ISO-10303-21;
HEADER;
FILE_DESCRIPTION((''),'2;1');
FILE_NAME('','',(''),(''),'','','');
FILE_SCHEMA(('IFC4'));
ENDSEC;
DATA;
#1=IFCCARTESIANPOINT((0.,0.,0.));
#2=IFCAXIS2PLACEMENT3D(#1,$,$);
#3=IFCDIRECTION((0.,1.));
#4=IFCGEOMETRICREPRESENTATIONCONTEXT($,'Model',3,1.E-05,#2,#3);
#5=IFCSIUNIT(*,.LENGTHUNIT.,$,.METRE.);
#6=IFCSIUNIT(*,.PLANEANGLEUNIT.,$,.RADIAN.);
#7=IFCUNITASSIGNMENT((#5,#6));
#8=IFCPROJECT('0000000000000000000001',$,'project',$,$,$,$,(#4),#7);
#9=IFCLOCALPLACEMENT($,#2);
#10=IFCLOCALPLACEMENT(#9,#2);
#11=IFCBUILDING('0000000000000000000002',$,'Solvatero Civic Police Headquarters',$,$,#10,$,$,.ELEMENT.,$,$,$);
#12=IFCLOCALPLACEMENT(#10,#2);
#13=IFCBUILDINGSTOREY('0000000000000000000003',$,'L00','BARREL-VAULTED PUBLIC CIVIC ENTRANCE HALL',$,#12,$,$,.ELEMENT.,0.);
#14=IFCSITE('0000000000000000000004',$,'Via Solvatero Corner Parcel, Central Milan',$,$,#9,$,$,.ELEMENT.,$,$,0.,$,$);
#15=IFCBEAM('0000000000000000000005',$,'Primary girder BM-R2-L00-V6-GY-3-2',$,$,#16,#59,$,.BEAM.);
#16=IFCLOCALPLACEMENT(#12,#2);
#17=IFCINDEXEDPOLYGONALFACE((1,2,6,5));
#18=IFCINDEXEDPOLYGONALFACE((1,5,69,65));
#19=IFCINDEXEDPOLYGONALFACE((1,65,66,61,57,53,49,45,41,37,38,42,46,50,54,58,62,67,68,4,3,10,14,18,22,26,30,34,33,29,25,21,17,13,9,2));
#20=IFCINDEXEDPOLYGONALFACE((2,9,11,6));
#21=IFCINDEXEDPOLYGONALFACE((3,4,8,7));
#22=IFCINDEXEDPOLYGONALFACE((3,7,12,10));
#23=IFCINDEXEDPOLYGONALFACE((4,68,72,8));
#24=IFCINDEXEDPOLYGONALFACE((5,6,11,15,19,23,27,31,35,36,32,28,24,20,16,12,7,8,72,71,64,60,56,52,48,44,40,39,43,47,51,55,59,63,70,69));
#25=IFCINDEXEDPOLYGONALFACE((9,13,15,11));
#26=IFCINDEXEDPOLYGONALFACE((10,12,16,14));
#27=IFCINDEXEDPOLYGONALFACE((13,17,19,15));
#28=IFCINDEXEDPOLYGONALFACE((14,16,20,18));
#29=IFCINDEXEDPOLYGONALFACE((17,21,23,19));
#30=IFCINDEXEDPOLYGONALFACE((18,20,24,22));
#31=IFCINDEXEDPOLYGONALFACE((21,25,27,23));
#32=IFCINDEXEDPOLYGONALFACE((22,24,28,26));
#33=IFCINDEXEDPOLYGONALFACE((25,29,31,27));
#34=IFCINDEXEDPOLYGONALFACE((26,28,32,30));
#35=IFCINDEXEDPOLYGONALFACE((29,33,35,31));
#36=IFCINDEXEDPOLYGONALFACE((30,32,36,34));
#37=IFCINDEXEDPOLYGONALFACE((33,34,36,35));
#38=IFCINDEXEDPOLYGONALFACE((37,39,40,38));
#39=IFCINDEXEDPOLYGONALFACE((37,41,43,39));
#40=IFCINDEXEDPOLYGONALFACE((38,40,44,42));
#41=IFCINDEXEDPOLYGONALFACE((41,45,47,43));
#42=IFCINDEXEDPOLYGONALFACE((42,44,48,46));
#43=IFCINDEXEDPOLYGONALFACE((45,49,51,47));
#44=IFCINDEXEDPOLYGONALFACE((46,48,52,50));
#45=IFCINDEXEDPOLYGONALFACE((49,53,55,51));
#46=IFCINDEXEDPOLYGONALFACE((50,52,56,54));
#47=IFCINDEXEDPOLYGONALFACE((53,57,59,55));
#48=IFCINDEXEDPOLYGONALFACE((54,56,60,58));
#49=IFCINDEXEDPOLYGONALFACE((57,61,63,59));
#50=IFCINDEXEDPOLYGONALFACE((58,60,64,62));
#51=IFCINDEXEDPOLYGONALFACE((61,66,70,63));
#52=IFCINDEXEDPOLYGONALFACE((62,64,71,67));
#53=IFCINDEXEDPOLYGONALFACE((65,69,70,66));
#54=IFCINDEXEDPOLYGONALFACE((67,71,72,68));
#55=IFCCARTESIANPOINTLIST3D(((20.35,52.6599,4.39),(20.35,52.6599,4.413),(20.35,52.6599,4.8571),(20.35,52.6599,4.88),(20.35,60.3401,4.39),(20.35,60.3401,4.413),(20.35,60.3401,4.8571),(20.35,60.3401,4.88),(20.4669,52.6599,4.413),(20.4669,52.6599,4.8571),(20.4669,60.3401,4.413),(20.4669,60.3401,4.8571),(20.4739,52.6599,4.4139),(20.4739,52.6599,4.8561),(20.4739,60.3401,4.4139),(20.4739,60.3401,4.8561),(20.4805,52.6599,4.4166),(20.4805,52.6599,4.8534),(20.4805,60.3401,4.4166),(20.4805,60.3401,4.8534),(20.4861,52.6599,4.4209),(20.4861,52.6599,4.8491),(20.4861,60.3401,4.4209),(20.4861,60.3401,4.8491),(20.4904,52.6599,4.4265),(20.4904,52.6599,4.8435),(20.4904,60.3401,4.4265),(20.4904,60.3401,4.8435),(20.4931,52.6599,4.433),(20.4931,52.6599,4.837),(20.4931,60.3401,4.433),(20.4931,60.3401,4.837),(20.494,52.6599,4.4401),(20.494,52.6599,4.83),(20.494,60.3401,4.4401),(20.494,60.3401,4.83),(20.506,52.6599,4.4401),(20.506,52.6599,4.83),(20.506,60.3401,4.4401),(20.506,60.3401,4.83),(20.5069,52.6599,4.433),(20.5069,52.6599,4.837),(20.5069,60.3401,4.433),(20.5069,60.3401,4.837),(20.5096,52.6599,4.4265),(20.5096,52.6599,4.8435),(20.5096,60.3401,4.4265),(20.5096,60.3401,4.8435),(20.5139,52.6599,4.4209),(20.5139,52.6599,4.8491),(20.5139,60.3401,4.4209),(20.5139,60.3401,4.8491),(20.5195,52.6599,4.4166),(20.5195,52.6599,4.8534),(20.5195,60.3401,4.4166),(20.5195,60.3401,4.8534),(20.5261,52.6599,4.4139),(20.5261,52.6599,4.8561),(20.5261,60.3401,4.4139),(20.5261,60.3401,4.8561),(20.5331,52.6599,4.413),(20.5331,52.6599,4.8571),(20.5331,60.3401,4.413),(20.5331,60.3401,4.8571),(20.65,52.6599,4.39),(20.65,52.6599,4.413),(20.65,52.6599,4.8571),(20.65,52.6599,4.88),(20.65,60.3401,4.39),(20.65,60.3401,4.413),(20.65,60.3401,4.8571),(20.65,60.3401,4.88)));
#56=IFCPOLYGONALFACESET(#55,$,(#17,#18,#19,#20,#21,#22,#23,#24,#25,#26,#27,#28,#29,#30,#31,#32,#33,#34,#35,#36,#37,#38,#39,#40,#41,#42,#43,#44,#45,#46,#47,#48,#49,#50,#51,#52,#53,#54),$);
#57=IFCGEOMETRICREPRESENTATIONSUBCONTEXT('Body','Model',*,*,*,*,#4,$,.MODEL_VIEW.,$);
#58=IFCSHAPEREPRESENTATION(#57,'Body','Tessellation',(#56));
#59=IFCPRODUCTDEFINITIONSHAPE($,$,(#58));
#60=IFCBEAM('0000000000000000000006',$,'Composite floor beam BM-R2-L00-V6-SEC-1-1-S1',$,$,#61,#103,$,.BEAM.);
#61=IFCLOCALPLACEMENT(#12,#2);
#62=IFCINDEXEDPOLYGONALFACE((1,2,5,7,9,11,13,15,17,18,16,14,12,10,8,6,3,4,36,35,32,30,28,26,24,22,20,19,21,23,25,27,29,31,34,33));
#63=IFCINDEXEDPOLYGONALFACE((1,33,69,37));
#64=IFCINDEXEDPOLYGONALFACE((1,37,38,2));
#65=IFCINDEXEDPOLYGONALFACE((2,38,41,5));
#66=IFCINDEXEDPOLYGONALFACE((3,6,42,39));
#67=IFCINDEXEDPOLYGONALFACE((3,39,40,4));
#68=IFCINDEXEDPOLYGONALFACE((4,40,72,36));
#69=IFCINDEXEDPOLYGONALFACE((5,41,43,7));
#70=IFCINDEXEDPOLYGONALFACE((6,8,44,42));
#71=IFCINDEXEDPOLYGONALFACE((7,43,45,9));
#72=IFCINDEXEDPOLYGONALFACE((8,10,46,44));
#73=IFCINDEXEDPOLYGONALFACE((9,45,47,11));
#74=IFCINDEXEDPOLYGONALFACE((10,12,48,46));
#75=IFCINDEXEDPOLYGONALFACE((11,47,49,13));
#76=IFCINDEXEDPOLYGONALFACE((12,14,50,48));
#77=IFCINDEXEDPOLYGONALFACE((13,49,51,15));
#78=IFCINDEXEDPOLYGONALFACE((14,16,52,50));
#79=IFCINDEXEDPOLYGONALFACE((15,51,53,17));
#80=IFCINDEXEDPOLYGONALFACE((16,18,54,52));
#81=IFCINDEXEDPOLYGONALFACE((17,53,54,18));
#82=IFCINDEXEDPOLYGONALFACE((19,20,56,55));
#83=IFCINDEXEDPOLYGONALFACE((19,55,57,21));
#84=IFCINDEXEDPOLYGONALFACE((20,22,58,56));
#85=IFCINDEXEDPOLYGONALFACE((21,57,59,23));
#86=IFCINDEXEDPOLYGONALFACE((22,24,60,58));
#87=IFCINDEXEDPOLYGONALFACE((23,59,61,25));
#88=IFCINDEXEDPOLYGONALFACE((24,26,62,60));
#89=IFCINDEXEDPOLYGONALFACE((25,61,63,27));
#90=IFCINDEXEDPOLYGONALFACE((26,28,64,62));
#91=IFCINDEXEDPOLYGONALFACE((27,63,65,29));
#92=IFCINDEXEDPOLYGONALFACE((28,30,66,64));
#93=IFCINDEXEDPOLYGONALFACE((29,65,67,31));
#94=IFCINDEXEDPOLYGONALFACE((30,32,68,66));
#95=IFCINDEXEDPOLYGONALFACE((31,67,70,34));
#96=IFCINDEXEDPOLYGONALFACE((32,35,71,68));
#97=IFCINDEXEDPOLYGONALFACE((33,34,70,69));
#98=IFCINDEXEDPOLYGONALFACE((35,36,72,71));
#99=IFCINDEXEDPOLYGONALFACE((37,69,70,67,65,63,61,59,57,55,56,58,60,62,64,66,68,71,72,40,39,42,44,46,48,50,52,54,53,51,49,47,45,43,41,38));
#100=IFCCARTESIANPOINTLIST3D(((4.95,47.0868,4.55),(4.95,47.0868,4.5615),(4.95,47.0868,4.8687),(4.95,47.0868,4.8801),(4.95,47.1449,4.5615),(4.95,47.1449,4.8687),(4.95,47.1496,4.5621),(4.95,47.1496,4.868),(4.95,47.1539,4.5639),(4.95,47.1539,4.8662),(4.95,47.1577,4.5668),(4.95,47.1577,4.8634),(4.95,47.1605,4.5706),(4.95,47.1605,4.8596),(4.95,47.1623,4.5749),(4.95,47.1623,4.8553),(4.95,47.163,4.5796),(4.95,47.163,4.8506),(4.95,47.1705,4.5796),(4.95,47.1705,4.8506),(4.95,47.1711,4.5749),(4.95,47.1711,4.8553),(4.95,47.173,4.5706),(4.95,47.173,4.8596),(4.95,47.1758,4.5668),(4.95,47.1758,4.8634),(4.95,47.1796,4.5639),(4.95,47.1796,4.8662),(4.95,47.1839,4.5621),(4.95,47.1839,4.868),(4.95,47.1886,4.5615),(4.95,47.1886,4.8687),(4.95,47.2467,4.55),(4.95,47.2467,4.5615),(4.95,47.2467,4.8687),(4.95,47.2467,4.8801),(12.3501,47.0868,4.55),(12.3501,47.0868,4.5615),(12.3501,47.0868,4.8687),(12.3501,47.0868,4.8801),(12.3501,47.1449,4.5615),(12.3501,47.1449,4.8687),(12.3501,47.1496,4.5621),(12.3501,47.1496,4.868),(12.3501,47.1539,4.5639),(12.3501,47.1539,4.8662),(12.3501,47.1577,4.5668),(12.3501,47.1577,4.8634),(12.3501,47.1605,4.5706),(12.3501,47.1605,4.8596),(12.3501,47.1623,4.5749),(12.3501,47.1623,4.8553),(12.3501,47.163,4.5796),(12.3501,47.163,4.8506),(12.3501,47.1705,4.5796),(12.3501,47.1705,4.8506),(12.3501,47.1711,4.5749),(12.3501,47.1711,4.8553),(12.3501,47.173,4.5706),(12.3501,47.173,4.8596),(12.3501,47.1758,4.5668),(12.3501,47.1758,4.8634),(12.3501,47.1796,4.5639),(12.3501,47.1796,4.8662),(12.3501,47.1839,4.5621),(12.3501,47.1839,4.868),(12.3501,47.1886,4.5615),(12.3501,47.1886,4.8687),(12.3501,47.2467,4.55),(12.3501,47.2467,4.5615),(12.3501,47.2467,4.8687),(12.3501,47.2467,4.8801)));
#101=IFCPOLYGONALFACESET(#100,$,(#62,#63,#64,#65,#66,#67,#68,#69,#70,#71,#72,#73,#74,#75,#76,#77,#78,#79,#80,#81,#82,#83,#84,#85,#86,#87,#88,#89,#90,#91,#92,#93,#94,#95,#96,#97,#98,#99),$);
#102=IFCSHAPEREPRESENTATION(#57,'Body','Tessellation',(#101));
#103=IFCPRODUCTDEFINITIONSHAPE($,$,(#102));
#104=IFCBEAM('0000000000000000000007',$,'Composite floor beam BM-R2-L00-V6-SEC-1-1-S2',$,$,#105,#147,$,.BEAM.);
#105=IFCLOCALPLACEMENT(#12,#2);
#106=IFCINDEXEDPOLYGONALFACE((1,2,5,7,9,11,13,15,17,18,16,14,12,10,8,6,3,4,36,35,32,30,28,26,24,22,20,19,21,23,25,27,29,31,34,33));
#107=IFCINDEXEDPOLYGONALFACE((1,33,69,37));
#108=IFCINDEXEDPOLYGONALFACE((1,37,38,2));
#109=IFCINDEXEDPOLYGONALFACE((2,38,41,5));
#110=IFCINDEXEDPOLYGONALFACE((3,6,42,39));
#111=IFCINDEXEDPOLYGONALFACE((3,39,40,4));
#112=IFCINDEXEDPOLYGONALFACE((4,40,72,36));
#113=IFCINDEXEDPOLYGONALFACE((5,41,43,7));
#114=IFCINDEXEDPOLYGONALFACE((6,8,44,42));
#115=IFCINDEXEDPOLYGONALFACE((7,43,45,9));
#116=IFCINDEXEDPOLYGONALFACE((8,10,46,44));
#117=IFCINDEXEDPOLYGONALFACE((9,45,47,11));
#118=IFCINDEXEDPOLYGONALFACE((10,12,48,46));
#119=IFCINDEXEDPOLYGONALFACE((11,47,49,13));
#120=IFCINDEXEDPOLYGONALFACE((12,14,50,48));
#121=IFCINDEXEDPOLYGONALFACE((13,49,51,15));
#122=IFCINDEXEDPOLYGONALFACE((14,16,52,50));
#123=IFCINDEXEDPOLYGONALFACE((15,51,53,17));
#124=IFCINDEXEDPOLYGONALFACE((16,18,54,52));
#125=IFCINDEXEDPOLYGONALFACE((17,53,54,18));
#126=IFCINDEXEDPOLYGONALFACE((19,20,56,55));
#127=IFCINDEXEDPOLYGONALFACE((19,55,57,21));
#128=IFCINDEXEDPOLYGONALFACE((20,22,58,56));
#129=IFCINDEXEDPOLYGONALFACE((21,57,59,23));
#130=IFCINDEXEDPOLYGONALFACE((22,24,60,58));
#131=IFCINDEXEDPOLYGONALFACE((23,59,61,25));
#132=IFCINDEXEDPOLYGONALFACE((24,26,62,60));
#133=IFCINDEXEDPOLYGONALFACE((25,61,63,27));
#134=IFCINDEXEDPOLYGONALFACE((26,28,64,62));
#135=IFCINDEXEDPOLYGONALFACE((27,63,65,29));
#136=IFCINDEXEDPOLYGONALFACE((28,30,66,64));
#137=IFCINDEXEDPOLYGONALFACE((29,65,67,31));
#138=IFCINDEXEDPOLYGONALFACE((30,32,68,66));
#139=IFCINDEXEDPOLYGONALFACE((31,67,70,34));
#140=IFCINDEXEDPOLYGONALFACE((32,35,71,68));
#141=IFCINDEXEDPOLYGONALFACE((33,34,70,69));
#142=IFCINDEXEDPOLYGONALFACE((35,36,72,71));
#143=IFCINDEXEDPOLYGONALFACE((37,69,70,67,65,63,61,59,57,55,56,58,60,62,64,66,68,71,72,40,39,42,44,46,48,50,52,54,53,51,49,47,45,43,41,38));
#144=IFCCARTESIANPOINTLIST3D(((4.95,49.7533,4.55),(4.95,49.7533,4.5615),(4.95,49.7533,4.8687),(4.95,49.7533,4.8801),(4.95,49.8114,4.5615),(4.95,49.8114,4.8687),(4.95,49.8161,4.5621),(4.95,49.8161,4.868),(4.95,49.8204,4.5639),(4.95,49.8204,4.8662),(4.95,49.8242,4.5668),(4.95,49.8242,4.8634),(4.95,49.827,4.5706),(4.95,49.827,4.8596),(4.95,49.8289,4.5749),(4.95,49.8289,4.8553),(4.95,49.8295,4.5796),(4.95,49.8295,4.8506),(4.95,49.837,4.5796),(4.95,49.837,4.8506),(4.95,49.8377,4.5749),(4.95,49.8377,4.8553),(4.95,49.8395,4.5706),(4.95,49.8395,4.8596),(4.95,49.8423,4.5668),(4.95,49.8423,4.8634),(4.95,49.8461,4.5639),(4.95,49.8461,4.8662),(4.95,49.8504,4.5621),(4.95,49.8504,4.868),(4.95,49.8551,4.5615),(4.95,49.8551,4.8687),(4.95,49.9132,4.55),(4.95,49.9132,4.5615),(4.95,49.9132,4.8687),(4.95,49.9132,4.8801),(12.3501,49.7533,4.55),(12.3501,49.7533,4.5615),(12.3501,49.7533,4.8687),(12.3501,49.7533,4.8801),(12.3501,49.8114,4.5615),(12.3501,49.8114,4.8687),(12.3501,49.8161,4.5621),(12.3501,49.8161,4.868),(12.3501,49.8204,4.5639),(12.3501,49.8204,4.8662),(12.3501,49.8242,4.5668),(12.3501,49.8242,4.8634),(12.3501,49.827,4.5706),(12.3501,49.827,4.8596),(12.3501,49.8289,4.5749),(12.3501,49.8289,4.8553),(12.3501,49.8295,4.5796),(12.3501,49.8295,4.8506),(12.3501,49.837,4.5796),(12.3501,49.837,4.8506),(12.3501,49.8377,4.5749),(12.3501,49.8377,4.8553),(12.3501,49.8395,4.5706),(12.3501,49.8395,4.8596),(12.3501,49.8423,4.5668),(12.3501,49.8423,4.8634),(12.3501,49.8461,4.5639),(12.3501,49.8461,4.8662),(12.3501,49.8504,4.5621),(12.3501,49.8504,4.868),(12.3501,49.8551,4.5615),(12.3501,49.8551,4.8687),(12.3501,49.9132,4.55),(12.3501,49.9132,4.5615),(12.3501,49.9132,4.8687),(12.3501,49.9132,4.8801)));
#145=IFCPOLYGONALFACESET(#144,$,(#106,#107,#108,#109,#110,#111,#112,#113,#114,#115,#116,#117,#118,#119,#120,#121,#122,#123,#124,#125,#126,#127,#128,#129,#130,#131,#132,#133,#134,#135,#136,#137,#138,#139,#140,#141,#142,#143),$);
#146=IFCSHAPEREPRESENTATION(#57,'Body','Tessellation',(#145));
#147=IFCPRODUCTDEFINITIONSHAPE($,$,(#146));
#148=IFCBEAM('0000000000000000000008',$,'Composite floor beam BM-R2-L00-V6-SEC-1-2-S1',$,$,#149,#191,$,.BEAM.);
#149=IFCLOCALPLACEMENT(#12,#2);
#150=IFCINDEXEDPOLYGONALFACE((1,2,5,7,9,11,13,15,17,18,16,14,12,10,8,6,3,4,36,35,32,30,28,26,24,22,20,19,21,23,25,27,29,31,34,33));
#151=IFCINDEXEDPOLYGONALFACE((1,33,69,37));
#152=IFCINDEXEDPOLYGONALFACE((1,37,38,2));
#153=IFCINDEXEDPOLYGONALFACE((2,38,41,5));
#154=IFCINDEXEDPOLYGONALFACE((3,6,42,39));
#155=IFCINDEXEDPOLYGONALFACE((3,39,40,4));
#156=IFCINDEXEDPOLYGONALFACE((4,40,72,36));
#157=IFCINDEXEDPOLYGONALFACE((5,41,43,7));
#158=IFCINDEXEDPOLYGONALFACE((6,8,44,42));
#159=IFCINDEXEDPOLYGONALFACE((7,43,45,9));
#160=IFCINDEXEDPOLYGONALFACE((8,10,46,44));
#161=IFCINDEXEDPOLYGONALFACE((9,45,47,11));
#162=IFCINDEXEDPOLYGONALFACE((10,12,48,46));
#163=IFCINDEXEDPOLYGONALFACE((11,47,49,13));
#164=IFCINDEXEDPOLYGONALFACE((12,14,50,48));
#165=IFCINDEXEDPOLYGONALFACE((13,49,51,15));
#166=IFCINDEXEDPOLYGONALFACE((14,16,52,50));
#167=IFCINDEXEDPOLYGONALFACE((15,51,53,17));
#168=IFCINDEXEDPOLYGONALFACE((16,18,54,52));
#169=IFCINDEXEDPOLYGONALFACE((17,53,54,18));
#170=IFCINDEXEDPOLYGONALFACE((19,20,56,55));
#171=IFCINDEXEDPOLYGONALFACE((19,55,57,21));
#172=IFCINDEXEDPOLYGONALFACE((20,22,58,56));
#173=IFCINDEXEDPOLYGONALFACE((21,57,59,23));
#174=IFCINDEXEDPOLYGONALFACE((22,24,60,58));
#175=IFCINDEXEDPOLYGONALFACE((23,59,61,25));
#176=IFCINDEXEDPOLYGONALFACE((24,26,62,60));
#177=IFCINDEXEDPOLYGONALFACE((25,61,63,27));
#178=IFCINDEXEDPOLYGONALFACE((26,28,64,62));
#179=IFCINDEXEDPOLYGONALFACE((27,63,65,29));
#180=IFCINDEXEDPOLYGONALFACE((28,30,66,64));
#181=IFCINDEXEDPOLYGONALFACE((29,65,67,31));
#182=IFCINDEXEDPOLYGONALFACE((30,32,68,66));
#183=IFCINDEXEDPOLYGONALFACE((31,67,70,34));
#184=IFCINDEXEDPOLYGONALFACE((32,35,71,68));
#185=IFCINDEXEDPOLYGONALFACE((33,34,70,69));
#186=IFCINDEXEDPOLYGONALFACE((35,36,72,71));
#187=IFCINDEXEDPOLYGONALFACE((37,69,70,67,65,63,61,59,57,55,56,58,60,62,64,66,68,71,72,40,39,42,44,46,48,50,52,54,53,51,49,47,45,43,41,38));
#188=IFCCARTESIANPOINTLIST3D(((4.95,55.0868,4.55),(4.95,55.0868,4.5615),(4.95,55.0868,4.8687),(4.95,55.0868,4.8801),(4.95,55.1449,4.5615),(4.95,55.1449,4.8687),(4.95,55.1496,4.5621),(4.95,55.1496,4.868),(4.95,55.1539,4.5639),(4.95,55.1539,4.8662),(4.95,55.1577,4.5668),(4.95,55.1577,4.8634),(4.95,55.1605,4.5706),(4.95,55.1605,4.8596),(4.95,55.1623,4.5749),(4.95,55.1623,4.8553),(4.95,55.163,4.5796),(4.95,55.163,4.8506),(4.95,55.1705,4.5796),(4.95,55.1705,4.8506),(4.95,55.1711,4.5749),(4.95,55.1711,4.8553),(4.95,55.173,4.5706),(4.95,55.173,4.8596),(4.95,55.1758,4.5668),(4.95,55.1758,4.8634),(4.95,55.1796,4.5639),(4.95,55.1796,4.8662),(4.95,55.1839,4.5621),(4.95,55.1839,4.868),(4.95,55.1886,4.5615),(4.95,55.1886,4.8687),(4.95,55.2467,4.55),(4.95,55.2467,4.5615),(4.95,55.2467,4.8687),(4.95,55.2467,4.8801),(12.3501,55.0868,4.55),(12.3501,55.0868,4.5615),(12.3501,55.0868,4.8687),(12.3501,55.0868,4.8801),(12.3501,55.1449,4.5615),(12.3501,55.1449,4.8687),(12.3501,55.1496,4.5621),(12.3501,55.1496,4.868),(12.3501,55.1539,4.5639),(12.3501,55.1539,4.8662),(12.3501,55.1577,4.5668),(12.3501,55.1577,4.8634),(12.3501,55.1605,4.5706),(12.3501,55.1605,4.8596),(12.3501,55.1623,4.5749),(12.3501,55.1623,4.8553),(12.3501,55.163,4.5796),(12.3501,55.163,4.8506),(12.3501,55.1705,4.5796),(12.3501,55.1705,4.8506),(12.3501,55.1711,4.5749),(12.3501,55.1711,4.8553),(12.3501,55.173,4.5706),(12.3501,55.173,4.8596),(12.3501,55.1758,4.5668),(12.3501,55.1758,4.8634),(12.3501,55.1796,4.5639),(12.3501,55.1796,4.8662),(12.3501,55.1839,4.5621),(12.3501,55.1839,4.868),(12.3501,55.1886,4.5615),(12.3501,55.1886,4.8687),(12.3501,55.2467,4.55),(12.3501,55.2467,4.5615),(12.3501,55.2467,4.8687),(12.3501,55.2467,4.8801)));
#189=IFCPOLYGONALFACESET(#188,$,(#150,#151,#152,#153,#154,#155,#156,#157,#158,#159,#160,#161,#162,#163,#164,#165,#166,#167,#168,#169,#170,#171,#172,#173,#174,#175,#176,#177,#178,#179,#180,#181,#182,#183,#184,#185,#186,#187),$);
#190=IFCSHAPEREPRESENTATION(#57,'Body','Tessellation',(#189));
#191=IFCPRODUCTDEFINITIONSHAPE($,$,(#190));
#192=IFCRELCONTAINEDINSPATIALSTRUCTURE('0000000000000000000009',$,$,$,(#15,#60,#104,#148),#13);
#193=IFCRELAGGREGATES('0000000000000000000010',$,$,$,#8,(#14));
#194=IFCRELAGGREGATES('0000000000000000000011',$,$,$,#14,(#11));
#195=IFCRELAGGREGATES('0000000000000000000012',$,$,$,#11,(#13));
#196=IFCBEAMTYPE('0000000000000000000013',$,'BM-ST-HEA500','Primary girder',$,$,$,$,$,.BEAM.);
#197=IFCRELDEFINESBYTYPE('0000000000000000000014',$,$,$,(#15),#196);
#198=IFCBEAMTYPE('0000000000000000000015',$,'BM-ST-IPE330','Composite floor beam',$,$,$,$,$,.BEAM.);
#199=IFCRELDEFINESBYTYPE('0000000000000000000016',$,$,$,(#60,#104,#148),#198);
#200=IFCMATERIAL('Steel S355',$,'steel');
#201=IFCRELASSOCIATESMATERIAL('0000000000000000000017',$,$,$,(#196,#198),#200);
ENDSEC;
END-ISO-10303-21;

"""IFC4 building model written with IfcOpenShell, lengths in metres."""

from ifc_helpers import new_model, si_unit, direction, frame, origin, origin_2d, place, context, subcontext, project, spatial, i_section, extrude, material, material_profile, profile_set, type_object, element, save


model = new_model("IFC4")

# Units and contexts
model_context = context("Model", 3, precision=1e-05, world=origin(), true_north=direction((0.0, 1.0)))
body_context = subcontext(model_context, "Body", "Model", "MODEL_VIEW")
ifc_project = project(units=[si_unit("LENGTHUNIT", "METRE"), si_unit("PLANEANGLEUNIT", "RADIAN")], contexts=[model_context])

# Site, building, storey
site_placement = place(None, origin())
site = spatial("IfcSite", under=ifc_project, at=site_placement, Name="Via Solvatero Corner Parcel, Central Milan", CompositionType="ELEMENT", RefElevation=0.0)
building_placement = place(site_placement, origin())
building = spatial("IfcBuilding", under=site, at=building_placement, Name="Solvatero Civic Police Headquarters", CompositionType="ELEMENT")
storey_placement = place(building_placement, origin())
storey = spatial("IfcBuildingStorey", under=building, at=storey_placement, Name="L00", Description="BARREL-VAULTED PUBLIC CIVIC ENTRANCE HALL", CompositionType="ELEMENT", Elevation=0.0)

# Beams
ifc_material_1 = material(Name="Steel S355", Category="steel")
ifc_material_profile_1 = material_profile(ifc_material_1, i_section(OverallWidth=0.3, OverallDepth=0.49, WebThickness=0.012, FlangeThickness=0.0229, FilletRadius=0.0271, at=origin_2d()), Name="HEA 500")
ifc_profile_set_1 = profile_set([ifc_material_profile_1], Name="Steel S355")
beam_type_1 = type_object("IfcBeamType", Name="BM-ST-HEA500", Description="Primary girder", PredefinedType="BEAM", material=ifc_profile_set_1)
for number, where, z_axis, x_axis, name in (
    (1, (20.5, 52.6599, 4.635), (0.0, 1.0, 0.0), (-1.0, 0.0, 0.0), "Primary girder BM-R2-L00-V6-GY-3-2"),
):
    element("IfcBeam", number, at=place(storey_placement, frame(where, z_axis=z_axis, x_axis=x_axis)), inside=storey, type_object=beam_type_1, Name=name, PredefinedType="BEAM", context=body_context, shape_type="SweptSolid", body=[
        extrude(i_section(OverallWidth=0.3, OverallDepth=0.49, WebThickness=0.012, FlangeThickness=0.0229, FilletRadius=0.0271, at=origin_2d()), origin(), (0.0, 0.0, 1.0), 7.6802),
    ])
ifc_material_profile_2 = material_profile(ifc_material_1, i_section(OverallWidth=0.1599, OverallDepth=0.3301, WebThickness=0.0076, FlangeThickness=0.0115, FilletRadius=0.0181, at=origin_2d()), Name="IPE 330")
ifc_profile_set_2 = profile_set([ifc_material_profile_2], Name="Steel S355")
beam_type_2 = type_object("IfcBeamType", Name="BM-ST-IPE330", Description="Composite floor beam", PredefinedType="BEAM", material=ifc_profile_set_2)
for number, where, z_axis, x_axis, name in (
    (2, (4.95, 47.1667, 4.7151), (1.0, 0.0, 0.0), (0.0, 1.0, 0.0), "Composite floor beam BM-R2-L00-V6-SEC-1-1-S1"),
    (3, (4.95, 49.8333, 4.7151), (1.0, 0.0, 0.0), (0.0, 1.0, 0.0), "Composite floor beam BM-R2-L00-V6-SEC-1-1-S2"),
    (4, (4.95, 55.1667, 4.7151), (1.0, 0.0, 0.0), (0.0, 1.0, 0.0), "Composite floor beam BM-R2-L00-V6-SEC-1-2-S1"),
):
    element("IfcBeam", number, at=place(storey_placement, frame(where, z_axis=z_axis, x_axis=x_axis)), inside=storey, type_object=beam_type_2, Name=name, PredefinedType="BEAM", context=body_context, shape_type="SweptSolid", body=[
        extrude(i_section(OverallWidth=0.1599, OverallDepth=0.3301, WebThickness=0.0076, FlangeThickness=0.0115, FilletRadius=0.0181, at=origin_2d()), origin(), (0.0, 0.0, 1.0), 7.4001),
    ])

save(model, "model.ifc")
